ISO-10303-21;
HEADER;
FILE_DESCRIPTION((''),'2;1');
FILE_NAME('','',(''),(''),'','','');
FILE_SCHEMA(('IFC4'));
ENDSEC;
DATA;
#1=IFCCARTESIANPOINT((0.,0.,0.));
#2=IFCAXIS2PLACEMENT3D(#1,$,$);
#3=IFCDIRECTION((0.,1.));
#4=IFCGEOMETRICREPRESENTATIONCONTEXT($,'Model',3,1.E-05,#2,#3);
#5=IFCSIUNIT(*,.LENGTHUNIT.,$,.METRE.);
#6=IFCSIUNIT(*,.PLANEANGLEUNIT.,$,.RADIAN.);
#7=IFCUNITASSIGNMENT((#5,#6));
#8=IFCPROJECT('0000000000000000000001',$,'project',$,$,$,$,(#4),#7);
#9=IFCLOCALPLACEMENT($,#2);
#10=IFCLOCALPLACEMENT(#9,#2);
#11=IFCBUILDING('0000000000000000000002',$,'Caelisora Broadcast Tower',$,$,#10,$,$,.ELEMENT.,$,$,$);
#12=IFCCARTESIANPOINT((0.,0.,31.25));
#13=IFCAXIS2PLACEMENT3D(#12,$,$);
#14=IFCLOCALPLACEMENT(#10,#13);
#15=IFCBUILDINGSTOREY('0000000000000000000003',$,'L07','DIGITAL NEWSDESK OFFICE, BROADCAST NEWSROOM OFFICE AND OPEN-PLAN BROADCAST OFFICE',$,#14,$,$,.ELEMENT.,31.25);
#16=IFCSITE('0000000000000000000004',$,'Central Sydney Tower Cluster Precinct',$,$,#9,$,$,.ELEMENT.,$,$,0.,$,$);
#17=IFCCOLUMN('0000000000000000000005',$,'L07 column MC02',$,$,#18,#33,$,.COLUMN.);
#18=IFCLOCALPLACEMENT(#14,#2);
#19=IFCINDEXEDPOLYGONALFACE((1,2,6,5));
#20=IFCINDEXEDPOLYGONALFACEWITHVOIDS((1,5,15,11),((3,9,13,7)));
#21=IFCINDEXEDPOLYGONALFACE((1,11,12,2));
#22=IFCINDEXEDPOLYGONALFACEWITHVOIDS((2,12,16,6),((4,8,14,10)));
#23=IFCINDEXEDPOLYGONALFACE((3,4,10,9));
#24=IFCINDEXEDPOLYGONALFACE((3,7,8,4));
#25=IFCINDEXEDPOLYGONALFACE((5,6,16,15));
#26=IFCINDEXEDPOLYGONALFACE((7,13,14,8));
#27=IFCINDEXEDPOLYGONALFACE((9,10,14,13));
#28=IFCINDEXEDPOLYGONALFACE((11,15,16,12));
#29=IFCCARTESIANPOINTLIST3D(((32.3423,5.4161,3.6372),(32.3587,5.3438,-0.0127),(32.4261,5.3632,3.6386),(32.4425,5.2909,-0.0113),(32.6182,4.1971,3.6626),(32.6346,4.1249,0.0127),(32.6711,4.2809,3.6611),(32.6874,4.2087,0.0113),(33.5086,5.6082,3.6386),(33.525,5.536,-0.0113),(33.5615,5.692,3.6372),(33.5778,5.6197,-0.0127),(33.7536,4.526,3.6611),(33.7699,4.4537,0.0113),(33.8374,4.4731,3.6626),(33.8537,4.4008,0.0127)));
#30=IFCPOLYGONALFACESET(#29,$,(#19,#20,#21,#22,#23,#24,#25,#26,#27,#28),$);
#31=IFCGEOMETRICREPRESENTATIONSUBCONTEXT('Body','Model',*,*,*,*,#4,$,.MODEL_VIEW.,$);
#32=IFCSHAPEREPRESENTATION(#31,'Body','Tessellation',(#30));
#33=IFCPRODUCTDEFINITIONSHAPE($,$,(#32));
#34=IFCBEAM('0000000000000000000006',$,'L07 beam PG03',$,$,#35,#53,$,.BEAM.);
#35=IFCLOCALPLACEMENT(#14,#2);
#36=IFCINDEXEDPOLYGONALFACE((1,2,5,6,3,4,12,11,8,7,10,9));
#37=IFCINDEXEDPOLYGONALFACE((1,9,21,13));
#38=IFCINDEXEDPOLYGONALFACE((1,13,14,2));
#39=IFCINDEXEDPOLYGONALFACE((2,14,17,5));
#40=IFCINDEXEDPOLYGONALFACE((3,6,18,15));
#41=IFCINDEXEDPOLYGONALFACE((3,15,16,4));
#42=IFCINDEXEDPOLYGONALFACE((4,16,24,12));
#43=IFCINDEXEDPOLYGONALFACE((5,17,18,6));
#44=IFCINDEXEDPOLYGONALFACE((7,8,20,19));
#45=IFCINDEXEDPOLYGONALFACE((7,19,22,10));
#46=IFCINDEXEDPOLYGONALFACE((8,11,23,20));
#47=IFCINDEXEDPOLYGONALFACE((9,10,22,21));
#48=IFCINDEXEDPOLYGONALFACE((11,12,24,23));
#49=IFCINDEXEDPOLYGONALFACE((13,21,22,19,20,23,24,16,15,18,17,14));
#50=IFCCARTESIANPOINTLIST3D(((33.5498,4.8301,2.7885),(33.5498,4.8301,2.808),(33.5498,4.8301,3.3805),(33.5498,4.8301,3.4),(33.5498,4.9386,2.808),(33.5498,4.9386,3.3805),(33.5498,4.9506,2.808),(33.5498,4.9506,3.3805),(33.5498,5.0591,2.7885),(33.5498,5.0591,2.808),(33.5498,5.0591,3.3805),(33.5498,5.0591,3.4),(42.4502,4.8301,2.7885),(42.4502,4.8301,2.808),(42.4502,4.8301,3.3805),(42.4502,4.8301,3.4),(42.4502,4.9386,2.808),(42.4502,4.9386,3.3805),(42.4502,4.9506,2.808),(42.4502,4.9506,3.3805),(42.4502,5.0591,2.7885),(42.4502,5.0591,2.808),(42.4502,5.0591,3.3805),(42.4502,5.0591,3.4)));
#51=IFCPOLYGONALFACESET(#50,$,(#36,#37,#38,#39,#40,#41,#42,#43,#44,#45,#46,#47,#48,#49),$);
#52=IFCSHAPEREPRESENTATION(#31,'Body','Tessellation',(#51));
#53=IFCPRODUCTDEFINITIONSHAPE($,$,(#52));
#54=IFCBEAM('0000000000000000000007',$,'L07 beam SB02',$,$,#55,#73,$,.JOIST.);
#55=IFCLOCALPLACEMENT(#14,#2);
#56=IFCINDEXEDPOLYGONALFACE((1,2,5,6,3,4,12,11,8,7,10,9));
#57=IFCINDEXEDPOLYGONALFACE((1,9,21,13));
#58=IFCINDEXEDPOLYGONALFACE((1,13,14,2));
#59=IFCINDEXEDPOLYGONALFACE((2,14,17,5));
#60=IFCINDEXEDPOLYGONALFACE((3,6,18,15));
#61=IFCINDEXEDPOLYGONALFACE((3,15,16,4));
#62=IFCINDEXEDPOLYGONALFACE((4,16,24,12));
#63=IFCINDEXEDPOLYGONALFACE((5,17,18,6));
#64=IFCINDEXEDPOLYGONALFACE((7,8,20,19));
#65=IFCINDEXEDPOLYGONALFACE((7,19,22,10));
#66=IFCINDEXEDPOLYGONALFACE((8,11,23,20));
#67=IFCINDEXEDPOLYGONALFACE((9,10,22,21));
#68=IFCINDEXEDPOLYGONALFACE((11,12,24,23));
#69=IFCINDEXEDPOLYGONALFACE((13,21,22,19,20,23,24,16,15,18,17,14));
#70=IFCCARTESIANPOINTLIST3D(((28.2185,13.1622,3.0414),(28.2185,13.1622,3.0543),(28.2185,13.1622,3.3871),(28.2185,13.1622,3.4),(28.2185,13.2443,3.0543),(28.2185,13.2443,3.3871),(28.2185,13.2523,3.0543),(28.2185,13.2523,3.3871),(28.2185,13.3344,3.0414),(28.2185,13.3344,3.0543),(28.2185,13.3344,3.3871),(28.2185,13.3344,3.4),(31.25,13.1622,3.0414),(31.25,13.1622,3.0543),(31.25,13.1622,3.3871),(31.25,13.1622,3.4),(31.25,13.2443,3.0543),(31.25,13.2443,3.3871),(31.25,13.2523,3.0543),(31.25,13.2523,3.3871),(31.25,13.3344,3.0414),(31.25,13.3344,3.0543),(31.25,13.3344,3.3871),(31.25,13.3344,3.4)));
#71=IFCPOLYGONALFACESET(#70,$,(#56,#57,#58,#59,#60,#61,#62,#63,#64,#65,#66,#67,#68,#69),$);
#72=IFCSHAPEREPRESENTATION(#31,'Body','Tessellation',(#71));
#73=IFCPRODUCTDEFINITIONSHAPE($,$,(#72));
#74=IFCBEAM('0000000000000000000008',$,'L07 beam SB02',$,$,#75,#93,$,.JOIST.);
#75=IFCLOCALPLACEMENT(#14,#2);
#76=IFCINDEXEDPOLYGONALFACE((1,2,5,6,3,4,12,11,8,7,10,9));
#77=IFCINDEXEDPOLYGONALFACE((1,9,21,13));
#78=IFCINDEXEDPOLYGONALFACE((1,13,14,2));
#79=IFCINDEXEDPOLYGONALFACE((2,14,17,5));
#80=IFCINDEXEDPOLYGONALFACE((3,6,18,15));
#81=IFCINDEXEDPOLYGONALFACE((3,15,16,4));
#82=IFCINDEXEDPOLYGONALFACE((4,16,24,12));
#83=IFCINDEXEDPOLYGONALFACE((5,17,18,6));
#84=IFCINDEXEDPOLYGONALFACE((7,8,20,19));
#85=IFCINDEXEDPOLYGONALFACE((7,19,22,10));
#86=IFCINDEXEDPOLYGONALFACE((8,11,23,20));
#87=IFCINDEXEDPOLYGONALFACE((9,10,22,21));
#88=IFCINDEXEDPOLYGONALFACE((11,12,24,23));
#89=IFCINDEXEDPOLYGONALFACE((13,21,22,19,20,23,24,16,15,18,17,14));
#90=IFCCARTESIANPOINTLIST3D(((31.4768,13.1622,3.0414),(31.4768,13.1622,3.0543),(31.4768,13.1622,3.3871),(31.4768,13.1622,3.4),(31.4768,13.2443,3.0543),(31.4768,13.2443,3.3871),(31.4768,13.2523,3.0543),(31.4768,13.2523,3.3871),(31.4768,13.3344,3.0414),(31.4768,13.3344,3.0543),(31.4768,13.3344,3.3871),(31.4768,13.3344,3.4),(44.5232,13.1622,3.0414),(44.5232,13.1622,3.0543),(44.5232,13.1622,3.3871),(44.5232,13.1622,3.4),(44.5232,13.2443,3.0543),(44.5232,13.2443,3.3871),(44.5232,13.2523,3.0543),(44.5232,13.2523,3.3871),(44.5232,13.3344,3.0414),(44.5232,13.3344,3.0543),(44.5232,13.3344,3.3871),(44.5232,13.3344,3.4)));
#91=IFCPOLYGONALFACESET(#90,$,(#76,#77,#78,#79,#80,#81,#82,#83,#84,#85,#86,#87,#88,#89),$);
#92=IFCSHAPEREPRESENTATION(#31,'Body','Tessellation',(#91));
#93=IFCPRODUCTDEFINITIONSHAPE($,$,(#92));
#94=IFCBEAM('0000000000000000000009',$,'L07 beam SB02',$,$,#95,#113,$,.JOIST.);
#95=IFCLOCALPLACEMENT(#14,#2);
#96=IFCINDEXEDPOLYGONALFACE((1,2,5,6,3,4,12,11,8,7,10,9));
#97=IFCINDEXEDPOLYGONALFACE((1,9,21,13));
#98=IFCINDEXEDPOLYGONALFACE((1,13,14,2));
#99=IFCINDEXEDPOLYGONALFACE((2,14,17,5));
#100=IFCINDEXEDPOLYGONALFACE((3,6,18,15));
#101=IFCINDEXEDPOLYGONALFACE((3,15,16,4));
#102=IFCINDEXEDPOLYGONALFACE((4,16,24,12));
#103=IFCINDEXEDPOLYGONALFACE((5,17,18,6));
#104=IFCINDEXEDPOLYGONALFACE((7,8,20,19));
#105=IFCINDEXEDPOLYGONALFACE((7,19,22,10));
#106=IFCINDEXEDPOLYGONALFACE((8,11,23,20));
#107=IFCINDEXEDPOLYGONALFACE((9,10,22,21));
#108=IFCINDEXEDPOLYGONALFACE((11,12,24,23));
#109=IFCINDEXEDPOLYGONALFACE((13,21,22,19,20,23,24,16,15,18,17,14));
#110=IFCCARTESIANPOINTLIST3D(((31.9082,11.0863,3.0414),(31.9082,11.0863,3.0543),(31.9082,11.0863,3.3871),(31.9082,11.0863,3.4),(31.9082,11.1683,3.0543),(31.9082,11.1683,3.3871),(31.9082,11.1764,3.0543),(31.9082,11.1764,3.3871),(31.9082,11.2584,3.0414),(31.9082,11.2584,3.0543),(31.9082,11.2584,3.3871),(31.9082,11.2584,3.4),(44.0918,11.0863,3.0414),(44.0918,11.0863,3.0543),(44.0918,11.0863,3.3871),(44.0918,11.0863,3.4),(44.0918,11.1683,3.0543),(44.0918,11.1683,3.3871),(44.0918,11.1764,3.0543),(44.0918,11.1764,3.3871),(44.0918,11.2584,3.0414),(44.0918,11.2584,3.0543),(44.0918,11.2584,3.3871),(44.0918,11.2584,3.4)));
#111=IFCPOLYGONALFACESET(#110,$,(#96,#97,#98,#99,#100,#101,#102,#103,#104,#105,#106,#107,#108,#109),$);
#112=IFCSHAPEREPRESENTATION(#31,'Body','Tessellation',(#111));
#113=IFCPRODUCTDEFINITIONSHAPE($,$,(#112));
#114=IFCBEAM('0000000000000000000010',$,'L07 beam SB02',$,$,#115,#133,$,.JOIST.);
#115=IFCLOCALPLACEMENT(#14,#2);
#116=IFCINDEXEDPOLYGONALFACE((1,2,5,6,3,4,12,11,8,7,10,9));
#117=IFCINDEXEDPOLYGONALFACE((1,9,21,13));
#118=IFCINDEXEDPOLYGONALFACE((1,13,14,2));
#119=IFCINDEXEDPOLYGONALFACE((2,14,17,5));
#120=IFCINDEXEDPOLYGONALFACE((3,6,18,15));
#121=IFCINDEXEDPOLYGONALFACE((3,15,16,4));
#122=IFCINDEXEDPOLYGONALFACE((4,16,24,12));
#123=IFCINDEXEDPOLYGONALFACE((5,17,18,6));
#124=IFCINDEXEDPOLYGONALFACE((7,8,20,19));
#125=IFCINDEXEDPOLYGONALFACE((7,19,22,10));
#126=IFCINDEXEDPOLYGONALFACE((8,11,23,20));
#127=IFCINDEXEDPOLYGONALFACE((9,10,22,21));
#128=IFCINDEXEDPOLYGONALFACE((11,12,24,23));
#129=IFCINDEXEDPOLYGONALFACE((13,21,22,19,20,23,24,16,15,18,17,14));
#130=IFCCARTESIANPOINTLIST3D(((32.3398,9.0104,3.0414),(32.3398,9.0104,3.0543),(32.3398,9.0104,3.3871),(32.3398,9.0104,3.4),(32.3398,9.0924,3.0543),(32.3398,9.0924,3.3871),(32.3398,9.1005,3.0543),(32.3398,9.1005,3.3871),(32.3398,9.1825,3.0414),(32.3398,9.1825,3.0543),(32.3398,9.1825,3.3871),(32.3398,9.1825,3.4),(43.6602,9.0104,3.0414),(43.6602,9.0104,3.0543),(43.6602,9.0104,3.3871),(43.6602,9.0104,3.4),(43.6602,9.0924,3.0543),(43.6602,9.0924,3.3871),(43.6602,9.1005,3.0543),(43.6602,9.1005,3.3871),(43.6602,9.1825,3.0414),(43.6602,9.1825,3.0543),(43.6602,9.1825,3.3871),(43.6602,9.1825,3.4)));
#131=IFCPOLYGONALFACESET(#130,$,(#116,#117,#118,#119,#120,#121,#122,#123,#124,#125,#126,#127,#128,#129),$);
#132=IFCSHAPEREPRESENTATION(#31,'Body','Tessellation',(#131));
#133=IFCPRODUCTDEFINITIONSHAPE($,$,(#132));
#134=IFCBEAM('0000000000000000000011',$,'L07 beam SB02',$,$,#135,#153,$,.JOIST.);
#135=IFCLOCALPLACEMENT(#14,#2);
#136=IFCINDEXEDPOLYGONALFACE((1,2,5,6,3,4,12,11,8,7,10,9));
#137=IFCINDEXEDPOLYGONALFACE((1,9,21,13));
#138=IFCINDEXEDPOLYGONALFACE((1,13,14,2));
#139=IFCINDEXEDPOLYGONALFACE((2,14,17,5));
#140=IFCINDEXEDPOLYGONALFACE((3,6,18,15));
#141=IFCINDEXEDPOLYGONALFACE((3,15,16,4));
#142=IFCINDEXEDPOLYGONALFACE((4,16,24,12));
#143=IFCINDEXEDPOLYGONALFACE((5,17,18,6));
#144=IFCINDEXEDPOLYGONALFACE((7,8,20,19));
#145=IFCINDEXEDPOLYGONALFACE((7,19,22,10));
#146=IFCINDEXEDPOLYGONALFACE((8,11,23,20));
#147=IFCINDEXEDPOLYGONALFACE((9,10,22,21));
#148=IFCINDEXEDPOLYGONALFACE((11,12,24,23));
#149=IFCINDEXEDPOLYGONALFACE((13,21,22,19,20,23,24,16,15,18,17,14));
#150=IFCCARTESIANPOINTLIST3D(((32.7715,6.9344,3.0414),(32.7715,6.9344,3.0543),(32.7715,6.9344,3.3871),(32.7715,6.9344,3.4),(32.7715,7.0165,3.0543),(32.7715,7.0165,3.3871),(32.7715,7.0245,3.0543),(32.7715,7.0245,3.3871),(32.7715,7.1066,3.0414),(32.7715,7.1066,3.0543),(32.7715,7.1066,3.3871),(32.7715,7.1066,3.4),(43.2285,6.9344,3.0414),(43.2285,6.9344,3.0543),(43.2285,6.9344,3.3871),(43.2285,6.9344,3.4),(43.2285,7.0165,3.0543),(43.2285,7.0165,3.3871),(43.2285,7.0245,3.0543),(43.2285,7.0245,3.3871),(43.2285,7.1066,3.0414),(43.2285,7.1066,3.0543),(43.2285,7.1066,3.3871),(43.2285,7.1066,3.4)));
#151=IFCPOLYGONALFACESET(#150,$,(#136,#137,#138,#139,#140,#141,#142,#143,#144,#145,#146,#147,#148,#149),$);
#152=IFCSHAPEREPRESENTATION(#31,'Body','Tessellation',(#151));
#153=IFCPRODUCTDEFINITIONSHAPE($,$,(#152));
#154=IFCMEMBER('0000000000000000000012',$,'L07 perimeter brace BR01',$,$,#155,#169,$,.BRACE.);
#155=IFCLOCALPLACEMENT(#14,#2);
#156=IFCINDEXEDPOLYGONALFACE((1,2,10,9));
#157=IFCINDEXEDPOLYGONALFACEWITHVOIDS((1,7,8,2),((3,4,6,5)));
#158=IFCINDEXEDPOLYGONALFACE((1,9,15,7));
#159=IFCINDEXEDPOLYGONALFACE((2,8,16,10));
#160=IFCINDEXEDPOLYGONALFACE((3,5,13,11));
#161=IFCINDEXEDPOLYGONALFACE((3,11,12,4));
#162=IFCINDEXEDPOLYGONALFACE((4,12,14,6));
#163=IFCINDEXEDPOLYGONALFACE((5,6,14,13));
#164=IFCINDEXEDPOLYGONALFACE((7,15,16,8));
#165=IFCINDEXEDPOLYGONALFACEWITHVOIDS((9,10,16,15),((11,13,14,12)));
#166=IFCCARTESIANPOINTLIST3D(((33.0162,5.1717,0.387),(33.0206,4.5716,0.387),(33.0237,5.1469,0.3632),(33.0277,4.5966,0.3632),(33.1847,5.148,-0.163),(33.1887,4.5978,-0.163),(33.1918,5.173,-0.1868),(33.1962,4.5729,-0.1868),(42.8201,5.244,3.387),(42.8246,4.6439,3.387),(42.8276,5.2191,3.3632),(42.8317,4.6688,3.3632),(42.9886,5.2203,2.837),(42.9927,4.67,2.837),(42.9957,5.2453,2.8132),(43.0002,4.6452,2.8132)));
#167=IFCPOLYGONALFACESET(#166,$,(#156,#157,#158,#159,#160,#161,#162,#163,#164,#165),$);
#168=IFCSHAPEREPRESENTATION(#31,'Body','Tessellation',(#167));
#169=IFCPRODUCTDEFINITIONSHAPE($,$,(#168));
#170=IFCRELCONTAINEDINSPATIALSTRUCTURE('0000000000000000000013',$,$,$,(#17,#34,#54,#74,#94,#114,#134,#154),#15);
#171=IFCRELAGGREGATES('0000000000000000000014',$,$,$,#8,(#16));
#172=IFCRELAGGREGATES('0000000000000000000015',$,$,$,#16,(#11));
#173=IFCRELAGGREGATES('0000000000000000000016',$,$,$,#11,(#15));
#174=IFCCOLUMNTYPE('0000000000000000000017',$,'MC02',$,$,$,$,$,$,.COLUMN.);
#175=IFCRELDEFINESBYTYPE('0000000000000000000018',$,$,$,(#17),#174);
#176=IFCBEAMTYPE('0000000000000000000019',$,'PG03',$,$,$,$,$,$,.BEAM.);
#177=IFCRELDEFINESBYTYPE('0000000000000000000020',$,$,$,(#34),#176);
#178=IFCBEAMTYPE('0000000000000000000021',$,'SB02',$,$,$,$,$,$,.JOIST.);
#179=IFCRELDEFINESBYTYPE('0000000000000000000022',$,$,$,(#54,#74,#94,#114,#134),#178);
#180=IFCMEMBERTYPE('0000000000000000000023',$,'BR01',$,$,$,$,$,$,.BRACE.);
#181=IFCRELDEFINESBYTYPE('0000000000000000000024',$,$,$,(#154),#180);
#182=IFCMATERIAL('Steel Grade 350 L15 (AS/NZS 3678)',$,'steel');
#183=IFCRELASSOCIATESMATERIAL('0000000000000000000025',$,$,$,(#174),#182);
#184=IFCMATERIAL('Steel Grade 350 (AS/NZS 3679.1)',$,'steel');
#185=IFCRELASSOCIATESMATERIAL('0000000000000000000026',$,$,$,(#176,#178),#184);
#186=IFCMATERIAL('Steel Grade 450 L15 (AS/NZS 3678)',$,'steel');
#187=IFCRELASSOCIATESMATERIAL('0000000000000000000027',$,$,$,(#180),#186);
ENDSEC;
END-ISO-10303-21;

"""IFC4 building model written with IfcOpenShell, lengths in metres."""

from ifc_helpers import new_model, si_unit, direction, frame, origin, origin_2d, place, context, subcontext, project, spatial, hollow_rectangle, i_section, extrude, source, transform, mapped, material, material_profile, profile_set, type_object, type_shapes, element, save


model = new_model("IFC4")

# Units and contexts
model_context = context("Model", 3, precision=1e-05, world=origin(), true_north=direction((0.0, 1.0)))
body_context = subcontext(model_context, "Body", "Model", "MODEL_VIEW")
ifc_project = project(units=[si_unit("LENGTHUNIT", "METRE"), si_unit("PLANEANGLEUNIT", "RADIAN")], contexts=[model_context])

# Site, building, storey
site_placement = place(None, origin())
site = spatial("IfcSite", under=ifc_project, at=site_placement, Name="Central Sydney Tower Cluster Precinct", CompositionType="ELEMENT", RefElevation=0.0)
building_placement = place(site_placement, origin())
building = spatial("IfcBuilding", under=site, at=building_placement, Name="Caelisora Broadcast Tower", CompositionType="ELEMENT")
storey_placement = place(building_placement, frame((0.0, 0.0, 31.25)))
storey = spatial("IfcBuildingStorey", under=building, at=storey_placement, Name="L07", Description="DIGITAL NEWSDESK OFFICE, BROADCAST NEWSROOM OFFICE AND OPEN-PLAN BROADCAST OFFICE", CompositionType="ELEMENT", Elevation=31.25)

# Column
ifc_material_1 = material(Name="Steel Grade 350 L15 (AS/NZS 3678)", Category="steel")
ifc_material_profile_1 = material_profile(ifc_material_1, hollow_rectangle(XDim=1.25, YDim=1.25, WallThickness=0.0701, at=origin_2d()), Name="Steel Grade 350 L15 (AS/NZS 3678)")
ifc_profile_set_1 = profile_set([ifc_material_profile_1], Name="Steel Grade 350 L15 (AS/NZS 3678)")
column_type = type_object("IfcColumnType", Name="MC02", PredefinedType="COLUMN", material=ifc_profile_set_1)
shared_shape_1 = source(origin(), body_context, "Body", "SweptSolid", [
    extrude(hollow_rectangle(XDim=1.25, YDim=1.25, WallThickness=0.0701, at=origin_2d()), origin(), (0.0, 0.0, 1.0), 3.6506),
])
type_shapes(column_type, [shared_shape_1])
column_placement = place(storey_placement, frame((33.1062, 4.8723, 0.0), z_axis=(-0.004481, 0.019795, 0.999794), x_axis=(-0.975327, -0.220767, 0.0)))
element("IfcColumn", 1, at=column_placement, inside=storey, type_object=column_type, Name="L07 column MC02", PredefinedType="COLUMN", context=body_context, shape_type="MappedRepresentation", body=[
    mapped(shared_shape_1, transform((0.0, 0.0, 0.0), scale=1.0)),
])

# Beams
ifc_material_2 = material(Name="Steel Grade 350 (AS/NZS 3679.1)", Category="steel")
ifc_material_profile_2 = material_profile(ifc_material_2, i_section(OverallWidth=0.229, OverallDepth=0.6116, WebThickness=0.012, FlangeThickness=0.0195, at=origin_2d()), Name="Steel Grade 350 (AS/NZS 3679.1)")
ifc_profile_set_2 = profile_set([ifc_material_profile_2], Name="Steel Grade 350 (AS/NZS 3679.1)")
beam_type_1 = type_object("IfcBeamType", Name="PG03", PredefinedType="BEAM", material=ifc_profile_set_2)
shared_shape_2 = source(origin(), body_context, "Body", "SweptSolid", [
    extrude(i_section(OverallWidth=0.229, OverallDepth=0.6116, WebThickness=0.012, FlangeThickness=0.0195, at=origin_2d()), origin(), (0.0, 0.0, 1.0), 8.9004),
])
type_shapes(beam_type_1, [shared_shape_2])
beam_1_placement = place(storey_placement, frame((33.5498, 4.9446, 3.0942), z_axis=(1.0, 0.0, 0.0), x_axis=(0.0, 1.0, 0.0)))
element("IfcBeam", 2, at=beam_1_placement, inside=storey, type_object=beam_type_1, Name="L07 beam PG03", PredefinedType="BEAM", context=body_context, shape_type="MappedRepresentation", body=[
    mapped(shared_shape_2, transform((0.0, 0.0, 0.0), scale=1.0)),
])
ifc_material_profile_3 = material_profile(ifc_material_2, i_section(OverallWidth=0.1721, OverallDepth=0.3586, WebThickness=0.0081, FlangeThickness=0.0129, at=origin_2d()), Name="Steel Grade 350 (AS/NZS 3679.1)")
ifc_profile_set_3 = profile_set([ifc_material_profile_3], Name="Steel Grade 350 (AS/NZS 3679.1)")
beam_type_2 = type_object("IfcBeamType", Name="SB02", PredefinedType="JOIST", material=ifc_profile_set_3)
shared_shape_3 = source(origin(), body_context, "Body", "SweptSolid", [
    extrude(i_section(OverallWidth=0.1721, OverallDepth=0.3586, WebThickness=0.0081, FlangeThickness=0.0129, at=origin_2d()), origin(), (0.0, 0.0, 1.0), 3.0315),
])
beam_2_placement = place(storey_placement, frame((28.2185, 13.2483, 3.2207), z_axis=(1.0, 0.0, 0.0), x_axis=(0.0, 1.0, 0.0)))
element("IfcBeam", 3, at=beam_2_placement, inside=storey, type_object=beam_type_2, Name="L07 beam SB02", PredefinedType="JOIST", context=body_context, shape_type="MappedRepresentation", body=[
    mapped(shared_shape_3, transform((0.0, 0.0, 0.0), scale=1.0)),
])
shared_shape_4 = source(origin(), body_context, "Body", "SweptSolid", [
    extrude(i_section(OverallWidth=0.1721, OverallDepth=0.3586, WebThickness=0.0081, FlangeThickness=0.0129, at=origin_2d()), origin(), (0.0, 0.0, 1.0), 13.0464),
])
beam_3_placement = place(storey_placement, frame((31.4768, 13.2483, 3.2207), z_axis=(1.0, 0.0, 0.0), x_axis=(0.0, 1.0, 0.0)))
element("IfcBeam", 4, at=beam_3_placement, inside=storey, type_object=beam_type_2, Name="L07 beam SB02", PredefinedType="JOIST", context=body_context, shape_type="MappedRepresentation", body=[
    mapped(shared_shape_4, transform((0.0, 0.0, 0.0), scale=1.0)),
])
shared_shape_5 = source(origin(), body_context, "Body", "SweptSolid", [
    extrude(i_section(OverallWidth=0.1721, OverallDepth=0.3586, WebThickness=0.0081, FlangeThickness=0.0129, at=origin_2d()), origin(), (0.0, 0.0, 1.0), 12.1836),
])
beam_4_placement = place(storey_placement, frame((31.9082, 11.1724, 3.2207), z_axis=(1.0, 0.0, 0.0), x_axis=(0.0, 1.0, 0.0)))
element("IfcBeam", 5, at=beam_4_placement, inside=storey, type_object=beam_type_2, Name="L07 beam SB02", PredefinedType="JOIST", context=body_context, shape_type="MappedRepresentation", body=[
    mapped(shared_shape_5, transform((0.0, 0.0, 0.0), scale=1.0)),
])
shared_shape_6 = source(origin(), body_context, "Body", "SweptSolid", [
    extrude(i_section(OverallWidth=0.1721, OverallDepth=0.3586, WebThickness=0.0081, FlangeThickness=0.0129, at=origin_2d()), origin(), (0.0, 0.0, 1.0), 11.3203),
])
beam_5_placement = place(storey_placement, frame((32.3398, 9.0964, 3.2207), z_axis=(1.0, 0.0, 0.0), x_axis=(0.0, 1.0, 0.0)))
element("IfcBeam", 6, at=beam_5_placement, inside=storey, type_object=beam_type_2, Name="L07 beam SB02", PredefinedType="JOIST", context=body_context, shape_type="MappedRepresentation", body=[
    mapped(shared_shape_6, transform((0.0, 0.0, 0.0), scale=1.0)),
])
shared_shape_7 = source(origin(), body_context, "Body", "SweptSolid", [
    extrude(i_section(OverallWidth=0.1721, OverallDepth=0.3586, WebThickness=0.0081, FlangeThickness=0.0129, at=origin_2d()), origin(), (0.0, 0.0, 1.0), 10.457),
])
type_shapes(beam_type_2, [shared_shape_3, shared_shape_4, shared_shape_5, shared_shape_6, shared_shape_7])
beam_6_placement = place(storey_placement, frame((32.7715, 7.0205, 3.2207), z_axis=(1.0, 0.0, 0.0), x_axis=(0.0, 1.0, 0.0)))
element("IfcBeam", 7, at=beam_6_placement, inside=storey, type_object=beam_type_2, Name="L07 beam SB02", PredefinedType="JOIST", context=body_context, shape_type="MappedRepresentation", body=[
    mapped(shared_shape_7, transform((0.0, 0.0, 0.0), scale=1.0)),
])

# Member
ifc_material_3 = material(Name="Steel Grade 450 L15 (AS/NZS 3678)", Category="steel")
ifc_material_profile_4 = material_profile(ifc_material_3, hollow_rectangle(XDim=0.6001, YDim=0.6001, WallThickness=0.0249, at=origin_2d()), Name="Steel Grade 450 L15 (AS/NZS 3678)")
ifc_profile_set_4 = profile_set([ifc_material_profile_4], Name="Steel Grade 450 L15 (AS/NZS 3678)")
member_type_1 = type_object("IfcMemberType", Name="BR01", PredefinedType="BRACE", material=ifc_profile_set_4)
shared_shape_8 = source(origin(), body_context, "Body", "SweptSolid", [
    extrude(hollow_rectangle(XDim=0.6001, YDim=0.6001, WallThickness=0.0249, at=origin_2d()), origin(), (0.0, 0.0, 1.0), 10.2529),
])
type_shapes(member_type_1, [shared_shape_8])
member_1_placement = place(storey_placement, frame((33.1062, 4.8723, 0.1001), z_axis=(0.956209, 0.007048, 0.292599), x_axis=(-0.007371, 0.999973, 0.0)))
element("IfcMember", 8, at=member_1_placement, inside=storey, type_object=member_type_1, Name="L07 perimeter brace BR01", PredefinedType="BRACE", context=body_context, shape_type="MappedRepresentation", body=[
    mapped(shared_shape_8, transform((0.0, 0.0, 0.0), scale=1.0)),
])

save(model, "model.ifc")
